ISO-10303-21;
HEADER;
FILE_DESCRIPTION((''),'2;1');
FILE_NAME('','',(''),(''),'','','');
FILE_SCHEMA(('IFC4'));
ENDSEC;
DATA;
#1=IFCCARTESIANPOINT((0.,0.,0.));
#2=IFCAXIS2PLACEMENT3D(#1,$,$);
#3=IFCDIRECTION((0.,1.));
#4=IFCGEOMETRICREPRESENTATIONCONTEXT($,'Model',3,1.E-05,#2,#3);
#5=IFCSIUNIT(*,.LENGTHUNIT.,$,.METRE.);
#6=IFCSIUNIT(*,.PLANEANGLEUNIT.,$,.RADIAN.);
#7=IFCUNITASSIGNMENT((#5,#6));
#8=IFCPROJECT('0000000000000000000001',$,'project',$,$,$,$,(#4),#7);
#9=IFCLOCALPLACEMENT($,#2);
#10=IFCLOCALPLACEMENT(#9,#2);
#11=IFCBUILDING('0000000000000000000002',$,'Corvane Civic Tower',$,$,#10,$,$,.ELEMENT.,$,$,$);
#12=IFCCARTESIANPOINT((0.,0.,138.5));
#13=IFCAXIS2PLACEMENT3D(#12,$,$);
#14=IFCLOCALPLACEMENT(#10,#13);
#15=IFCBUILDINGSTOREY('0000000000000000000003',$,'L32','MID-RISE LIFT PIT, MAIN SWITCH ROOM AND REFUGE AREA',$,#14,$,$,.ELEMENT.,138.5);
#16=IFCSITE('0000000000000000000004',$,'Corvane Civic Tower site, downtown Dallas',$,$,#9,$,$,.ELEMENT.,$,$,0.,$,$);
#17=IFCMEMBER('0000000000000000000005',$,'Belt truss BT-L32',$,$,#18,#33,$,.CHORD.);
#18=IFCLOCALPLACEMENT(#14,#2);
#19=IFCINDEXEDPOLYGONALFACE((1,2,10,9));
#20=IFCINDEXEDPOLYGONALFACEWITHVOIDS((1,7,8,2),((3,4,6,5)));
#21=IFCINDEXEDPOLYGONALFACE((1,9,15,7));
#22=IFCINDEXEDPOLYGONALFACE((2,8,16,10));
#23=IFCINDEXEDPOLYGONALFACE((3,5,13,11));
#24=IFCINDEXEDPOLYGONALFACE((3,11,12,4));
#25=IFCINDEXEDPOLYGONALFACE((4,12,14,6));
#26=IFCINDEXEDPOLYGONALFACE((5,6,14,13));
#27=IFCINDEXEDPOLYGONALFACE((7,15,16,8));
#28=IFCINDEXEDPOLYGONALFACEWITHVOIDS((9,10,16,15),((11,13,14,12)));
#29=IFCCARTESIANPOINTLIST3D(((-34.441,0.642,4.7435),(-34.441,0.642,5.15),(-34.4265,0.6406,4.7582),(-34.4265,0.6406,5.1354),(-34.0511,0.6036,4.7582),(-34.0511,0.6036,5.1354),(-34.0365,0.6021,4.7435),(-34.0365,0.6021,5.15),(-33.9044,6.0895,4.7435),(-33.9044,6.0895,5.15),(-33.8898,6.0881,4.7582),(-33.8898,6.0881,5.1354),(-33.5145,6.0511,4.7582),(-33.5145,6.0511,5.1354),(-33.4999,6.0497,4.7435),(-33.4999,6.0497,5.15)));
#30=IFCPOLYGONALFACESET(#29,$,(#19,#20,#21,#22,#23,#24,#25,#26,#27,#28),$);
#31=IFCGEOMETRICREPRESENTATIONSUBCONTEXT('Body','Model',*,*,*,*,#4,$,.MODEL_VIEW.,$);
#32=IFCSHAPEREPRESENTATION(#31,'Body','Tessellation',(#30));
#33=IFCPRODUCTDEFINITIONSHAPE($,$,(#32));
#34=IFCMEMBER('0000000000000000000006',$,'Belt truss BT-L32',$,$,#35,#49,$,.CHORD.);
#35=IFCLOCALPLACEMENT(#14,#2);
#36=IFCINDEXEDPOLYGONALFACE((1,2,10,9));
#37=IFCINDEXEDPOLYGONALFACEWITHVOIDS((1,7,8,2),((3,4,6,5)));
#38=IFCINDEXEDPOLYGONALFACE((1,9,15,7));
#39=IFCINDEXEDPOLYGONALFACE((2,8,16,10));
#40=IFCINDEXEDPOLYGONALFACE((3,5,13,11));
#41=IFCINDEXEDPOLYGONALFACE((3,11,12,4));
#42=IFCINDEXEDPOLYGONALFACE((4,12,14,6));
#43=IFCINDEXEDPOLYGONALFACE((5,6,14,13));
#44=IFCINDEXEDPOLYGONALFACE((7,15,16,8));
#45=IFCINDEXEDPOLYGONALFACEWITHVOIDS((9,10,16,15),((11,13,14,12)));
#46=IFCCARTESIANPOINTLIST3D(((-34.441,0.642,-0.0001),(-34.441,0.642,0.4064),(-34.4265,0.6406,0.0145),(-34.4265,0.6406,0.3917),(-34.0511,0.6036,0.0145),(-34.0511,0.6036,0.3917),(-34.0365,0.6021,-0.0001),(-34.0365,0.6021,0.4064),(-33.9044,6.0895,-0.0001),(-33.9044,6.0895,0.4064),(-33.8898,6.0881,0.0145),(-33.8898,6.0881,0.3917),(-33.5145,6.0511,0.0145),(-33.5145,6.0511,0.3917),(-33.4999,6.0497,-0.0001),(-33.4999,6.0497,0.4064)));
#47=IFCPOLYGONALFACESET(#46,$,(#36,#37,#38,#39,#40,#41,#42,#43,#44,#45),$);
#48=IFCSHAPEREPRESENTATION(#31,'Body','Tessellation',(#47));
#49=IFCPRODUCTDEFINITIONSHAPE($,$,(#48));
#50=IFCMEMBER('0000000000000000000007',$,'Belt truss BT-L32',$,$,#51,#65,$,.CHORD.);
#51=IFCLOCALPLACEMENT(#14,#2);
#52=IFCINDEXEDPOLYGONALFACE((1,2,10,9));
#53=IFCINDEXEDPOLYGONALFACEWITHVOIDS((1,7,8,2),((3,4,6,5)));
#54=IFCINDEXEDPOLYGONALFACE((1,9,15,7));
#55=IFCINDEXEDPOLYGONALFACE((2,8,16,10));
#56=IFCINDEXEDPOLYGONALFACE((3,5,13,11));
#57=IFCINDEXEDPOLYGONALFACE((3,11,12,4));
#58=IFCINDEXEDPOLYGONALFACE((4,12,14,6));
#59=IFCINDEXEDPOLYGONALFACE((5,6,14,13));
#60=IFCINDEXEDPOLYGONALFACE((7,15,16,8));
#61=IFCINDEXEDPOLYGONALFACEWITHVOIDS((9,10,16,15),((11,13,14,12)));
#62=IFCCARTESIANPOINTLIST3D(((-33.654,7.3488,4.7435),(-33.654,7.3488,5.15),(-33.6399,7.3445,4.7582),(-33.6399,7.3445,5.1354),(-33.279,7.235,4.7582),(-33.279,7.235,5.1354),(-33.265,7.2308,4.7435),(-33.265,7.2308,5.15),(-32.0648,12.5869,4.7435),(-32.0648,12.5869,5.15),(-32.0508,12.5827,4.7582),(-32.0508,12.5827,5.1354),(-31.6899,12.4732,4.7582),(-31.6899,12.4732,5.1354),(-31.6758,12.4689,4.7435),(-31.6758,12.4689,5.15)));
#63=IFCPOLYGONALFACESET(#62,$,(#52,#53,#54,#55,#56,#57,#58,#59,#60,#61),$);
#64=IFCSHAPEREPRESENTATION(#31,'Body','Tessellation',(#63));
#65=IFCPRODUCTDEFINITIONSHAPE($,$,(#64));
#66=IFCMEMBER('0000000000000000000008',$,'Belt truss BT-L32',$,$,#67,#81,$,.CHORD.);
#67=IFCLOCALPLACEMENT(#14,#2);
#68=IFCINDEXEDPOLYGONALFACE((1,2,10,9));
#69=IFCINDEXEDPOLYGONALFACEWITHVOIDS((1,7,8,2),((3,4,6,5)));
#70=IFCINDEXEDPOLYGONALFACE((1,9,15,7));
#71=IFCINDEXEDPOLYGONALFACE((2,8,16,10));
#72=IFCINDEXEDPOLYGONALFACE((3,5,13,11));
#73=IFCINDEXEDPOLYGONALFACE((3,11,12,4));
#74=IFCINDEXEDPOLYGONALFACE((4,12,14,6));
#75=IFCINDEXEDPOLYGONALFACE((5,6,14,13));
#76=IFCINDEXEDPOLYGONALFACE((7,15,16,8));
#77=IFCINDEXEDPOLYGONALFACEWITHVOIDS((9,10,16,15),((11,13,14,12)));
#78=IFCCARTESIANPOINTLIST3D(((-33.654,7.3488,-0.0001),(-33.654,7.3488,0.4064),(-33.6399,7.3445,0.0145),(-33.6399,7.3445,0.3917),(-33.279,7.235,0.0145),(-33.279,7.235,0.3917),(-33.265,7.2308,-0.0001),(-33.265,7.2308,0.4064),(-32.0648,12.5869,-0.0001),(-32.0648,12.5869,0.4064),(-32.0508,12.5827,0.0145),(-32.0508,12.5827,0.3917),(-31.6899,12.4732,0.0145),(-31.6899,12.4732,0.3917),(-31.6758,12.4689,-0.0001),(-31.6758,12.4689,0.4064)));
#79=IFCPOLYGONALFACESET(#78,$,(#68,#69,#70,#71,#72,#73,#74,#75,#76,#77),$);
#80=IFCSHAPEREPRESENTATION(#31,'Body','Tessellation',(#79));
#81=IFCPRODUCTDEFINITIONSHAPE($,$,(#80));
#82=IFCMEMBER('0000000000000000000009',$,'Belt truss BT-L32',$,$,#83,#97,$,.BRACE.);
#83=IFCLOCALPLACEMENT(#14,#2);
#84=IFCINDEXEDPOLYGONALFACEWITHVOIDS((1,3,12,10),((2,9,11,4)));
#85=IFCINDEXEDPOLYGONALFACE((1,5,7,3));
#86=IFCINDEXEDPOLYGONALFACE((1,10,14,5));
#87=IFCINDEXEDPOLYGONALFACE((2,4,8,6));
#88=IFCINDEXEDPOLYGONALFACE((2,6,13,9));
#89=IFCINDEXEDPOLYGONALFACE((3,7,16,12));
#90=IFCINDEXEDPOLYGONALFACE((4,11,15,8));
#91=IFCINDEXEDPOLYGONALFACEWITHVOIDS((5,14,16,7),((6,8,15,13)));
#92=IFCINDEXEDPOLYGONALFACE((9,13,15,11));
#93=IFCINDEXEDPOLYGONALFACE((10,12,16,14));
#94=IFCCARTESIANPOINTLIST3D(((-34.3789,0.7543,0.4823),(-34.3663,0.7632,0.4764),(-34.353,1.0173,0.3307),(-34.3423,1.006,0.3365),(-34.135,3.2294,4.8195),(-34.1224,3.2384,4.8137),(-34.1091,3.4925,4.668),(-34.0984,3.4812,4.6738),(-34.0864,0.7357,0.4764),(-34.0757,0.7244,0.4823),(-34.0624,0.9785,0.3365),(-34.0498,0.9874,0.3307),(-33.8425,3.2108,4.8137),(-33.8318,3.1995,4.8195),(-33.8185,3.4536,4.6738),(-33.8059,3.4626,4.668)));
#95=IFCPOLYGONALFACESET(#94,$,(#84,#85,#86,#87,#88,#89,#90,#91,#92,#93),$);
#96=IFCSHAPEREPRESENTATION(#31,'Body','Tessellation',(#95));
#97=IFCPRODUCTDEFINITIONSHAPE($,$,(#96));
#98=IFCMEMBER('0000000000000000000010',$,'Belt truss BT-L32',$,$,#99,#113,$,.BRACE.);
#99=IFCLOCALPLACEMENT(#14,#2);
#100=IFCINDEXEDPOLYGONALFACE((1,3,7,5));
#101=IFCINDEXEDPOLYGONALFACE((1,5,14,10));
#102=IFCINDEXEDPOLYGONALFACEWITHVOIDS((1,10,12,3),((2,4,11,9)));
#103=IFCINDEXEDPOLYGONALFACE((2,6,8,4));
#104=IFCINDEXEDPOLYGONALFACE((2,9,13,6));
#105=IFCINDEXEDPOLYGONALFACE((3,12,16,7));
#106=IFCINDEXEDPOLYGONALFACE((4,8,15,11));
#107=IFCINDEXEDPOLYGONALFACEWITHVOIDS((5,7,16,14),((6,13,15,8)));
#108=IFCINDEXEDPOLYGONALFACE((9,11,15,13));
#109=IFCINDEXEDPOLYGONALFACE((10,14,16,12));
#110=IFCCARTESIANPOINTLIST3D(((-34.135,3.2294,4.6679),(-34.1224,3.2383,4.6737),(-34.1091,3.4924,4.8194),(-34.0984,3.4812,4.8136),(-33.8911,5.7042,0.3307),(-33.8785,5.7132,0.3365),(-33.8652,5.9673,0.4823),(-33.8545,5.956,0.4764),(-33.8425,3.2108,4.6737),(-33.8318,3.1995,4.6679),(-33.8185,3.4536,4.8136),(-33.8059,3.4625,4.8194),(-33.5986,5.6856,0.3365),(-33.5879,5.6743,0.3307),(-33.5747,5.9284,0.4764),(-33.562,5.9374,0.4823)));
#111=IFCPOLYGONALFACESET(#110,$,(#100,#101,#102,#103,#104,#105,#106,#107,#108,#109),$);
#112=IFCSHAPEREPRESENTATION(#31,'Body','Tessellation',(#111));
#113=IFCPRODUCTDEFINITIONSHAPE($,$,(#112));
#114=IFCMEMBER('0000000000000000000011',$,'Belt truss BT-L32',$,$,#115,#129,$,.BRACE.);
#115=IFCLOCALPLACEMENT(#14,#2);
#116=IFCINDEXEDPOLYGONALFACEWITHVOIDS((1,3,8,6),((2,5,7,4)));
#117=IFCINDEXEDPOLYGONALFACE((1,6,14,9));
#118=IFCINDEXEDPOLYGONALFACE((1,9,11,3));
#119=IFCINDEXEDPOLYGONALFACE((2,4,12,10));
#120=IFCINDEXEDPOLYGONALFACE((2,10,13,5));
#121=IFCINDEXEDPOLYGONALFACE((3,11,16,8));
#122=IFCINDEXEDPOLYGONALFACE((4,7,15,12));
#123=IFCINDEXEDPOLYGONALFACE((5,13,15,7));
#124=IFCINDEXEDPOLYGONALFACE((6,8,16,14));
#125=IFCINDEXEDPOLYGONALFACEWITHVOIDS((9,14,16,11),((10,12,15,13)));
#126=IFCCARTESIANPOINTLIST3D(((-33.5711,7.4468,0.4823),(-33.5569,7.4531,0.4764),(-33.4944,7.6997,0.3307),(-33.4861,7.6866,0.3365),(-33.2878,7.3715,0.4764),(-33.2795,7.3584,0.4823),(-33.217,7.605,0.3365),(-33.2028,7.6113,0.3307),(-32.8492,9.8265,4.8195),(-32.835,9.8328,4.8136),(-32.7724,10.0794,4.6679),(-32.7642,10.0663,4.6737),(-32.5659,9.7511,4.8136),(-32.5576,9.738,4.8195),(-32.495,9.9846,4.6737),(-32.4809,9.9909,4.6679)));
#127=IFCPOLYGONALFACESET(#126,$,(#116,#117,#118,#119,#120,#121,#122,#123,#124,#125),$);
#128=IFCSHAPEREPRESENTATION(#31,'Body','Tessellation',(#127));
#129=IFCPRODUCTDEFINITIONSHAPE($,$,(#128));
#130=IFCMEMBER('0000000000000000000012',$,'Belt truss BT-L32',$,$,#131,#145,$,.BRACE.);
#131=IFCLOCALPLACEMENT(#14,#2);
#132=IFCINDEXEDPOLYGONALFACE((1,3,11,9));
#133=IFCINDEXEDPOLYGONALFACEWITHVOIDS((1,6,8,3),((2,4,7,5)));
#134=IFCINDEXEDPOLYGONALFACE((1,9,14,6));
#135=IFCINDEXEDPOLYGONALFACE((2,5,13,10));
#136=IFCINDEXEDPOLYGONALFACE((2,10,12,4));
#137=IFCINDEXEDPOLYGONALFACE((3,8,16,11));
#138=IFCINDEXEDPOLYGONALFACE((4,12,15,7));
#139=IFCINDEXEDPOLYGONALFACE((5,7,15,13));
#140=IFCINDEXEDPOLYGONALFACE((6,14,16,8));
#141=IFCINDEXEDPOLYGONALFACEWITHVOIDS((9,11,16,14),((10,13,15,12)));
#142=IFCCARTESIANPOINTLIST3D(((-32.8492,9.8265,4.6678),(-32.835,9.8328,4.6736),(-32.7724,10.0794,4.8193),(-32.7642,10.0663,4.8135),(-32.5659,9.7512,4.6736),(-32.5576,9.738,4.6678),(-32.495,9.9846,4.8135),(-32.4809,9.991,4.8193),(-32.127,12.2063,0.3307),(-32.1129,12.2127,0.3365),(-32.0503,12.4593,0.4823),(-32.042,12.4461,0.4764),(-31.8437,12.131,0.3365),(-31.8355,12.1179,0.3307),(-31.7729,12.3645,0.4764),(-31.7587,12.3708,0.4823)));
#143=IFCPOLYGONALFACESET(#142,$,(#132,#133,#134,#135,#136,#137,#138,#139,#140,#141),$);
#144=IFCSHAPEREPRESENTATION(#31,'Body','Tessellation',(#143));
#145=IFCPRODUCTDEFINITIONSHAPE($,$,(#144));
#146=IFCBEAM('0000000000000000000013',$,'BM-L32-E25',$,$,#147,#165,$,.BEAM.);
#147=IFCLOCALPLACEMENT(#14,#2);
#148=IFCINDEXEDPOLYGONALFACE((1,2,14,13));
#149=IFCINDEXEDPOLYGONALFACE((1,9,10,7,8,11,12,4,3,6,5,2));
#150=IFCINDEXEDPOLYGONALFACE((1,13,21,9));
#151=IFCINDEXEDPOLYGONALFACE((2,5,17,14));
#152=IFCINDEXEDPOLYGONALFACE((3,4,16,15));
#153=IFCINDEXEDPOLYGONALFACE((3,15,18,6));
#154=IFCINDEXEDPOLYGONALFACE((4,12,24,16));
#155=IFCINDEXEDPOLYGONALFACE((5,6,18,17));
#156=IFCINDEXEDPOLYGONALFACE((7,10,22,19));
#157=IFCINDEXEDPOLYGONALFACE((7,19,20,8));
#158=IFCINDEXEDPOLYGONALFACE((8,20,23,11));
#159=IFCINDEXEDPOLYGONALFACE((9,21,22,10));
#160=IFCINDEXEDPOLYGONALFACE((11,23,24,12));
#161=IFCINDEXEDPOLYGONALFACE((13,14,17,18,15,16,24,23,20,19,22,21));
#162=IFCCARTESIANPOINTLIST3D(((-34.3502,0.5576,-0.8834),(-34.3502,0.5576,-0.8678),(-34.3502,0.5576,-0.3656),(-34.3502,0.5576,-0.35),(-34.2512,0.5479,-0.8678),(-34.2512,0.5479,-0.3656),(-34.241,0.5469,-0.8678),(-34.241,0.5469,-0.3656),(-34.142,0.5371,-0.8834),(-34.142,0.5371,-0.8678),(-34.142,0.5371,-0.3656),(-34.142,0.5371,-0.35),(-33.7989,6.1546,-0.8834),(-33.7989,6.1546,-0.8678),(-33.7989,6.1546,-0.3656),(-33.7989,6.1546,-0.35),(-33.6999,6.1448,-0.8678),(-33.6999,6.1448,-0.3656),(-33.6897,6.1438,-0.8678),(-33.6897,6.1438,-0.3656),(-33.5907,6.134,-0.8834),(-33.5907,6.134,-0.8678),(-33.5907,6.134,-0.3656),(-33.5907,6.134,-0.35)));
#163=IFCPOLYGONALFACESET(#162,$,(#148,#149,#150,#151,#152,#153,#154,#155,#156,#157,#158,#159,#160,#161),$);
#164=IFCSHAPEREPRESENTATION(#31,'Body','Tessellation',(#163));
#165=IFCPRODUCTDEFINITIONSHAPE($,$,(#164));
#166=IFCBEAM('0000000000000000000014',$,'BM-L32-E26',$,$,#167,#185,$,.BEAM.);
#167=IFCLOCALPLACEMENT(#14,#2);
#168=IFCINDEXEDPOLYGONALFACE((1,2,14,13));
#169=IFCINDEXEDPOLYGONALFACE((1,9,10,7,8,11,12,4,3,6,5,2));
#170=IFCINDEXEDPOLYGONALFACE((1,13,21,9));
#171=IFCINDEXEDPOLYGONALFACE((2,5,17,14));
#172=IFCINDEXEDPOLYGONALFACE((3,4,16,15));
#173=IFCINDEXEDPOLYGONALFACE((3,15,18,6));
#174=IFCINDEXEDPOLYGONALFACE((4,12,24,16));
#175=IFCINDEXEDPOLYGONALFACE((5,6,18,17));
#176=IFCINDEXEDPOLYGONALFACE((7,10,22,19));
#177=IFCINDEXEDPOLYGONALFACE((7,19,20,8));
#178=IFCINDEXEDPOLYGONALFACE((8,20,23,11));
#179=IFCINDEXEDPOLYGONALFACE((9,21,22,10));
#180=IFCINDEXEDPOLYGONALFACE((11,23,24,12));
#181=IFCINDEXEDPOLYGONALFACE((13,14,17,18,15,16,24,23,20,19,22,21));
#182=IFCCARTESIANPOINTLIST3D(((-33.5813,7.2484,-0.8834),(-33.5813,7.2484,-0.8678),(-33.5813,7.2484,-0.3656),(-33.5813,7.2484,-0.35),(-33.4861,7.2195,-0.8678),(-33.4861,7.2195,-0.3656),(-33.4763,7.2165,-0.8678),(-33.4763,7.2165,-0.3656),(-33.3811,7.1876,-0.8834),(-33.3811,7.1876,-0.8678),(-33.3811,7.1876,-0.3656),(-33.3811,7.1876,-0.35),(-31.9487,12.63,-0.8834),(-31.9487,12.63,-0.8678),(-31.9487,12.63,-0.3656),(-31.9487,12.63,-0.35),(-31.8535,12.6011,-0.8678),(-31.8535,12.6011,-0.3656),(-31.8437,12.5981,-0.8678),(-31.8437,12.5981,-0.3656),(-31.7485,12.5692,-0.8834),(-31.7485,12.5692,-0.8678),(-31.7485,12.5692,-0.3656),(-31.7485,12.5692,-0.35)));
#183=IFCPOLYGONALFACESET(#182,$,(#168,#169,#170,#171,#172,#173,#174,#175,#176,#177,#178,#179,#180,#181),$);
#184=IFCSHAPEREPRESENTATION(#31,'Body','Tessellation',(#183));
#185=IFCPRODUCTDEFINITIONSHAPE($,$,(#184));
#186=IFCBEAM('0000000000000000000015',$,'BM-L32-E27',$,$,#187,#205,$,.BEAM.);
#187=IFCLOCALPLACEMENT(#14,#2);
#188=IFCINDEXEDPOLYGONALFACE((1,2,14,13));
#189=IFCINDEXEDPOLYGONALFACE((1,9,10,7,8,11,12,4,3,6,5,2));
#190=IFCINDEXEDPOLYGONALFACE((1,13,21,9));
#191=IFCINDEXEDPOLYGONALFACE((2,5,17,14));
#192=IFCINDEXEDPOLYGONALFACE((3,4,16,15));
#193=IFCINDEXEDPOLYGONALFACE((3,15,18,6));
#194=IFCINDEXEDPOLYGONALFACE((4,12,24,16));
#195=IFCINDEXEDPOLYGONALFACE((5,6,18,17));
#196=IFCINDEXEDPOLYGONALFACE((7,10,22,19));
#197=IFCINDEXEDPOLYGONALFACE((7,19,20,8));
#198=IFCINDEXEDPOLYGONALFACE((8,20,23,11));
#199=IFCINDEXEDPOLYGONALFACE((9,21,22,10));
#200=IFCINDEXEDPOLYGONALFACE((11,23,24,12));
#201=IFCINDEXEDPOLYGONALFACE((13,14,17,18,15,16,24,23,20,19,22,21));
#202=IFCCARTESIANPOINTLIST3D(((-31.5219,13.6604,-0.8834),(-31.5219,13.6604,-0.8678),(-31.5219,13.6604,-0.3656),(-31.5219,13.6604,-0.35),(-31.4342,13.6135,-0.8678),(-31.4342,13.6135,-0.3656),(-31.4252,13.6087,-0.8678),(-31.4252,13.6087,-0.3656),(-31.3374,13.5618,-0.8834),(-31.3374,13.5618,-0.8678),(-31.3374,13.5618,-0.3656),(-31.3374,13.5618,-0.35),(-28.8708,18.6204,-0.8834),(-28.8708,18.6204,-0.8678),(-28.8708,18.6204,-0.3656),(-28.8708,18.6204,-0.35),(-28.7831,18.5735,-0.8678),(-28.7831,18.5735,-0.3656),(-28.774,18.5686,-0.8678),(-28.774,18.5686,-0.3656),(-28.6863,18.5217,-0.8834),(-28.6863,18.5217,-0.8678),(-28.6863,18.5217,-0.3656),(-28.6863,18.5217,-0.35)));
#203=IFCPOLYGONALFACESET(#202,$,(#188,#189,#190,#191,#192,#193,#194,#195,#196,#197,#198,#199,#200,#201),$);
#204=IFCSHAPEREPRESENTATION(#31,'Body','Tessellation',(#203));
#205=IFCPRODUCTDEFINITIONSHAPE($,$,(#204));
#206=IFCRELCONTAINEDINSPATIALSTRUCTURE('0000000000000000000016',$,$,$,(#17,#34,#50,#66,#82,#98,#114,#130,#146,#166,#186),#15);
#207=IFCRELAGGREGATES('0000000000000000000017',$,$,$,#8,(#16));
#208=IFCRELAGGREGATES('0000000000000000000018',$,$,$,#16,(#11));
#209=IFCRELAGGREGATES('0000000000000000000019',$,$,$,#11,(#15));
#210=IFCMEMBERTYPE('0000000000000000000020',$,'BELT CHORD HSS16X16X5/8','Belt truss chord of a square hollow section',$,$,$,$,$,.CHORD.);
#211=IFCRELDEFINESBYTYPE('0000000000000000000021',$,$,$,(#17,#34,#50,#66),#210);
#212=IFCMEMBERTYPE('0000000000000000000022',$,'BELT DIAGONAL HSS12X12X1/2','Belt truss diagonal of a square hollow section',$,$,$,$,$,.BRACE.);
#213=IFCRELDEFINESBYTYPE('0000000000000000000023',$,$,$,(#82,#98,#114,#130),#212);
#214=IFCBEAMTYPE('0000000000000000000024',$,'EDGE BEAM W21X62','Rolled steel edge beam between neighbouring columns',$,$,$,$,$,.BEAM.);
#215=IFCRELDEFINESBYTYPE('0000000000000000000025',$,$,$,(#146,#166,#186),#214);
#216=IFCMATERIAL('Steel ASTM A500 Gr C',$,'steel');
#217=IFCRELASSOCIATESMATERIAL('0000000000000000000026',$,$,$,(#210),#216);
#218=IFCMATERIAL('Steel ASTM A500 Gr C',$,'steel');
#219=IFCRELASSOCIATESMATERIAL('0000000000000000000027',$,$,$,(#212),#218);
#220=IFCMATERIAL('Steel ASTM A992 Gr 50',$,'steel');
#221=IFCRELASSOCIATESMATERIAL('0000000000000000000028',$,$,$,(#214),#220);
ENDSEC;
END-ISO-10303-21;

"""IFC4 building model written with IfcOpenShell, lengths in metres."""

from ifc_helpers import new_model, si_unit, direction, frame, origin, origin_2d, place, context, subcontext, project, spatial, hollow_rectangle, i_section, extrude, material, material_profile, profile_set, type_object, element, save


model = new_model("IFC4")

# Units and contexts
model_context = context("Model", 3, precision=1e-05, world=origin(), true_north=direction((0.0, 1.0)))
body_context = subcontext(model_context, "Body", "Model", "MODEL_VIEW")
ifc_project = project(units=[si_unit("LENGTHUNIT", "METRE"), si_unit("PLANEANGLEUNIT", "RADIAN")], contexts=[model_context])

# Site, building, storey
site_placement = place(None, origin())
site = spatial("IfcSite", under=ifc_project, at=site_placement, Name="Corvane Civic Tower site, downtown Dallas", CompositionType="ELEMENT", RefElevation=0.0)
building_placement = place(site_placement, origin())
building = spatial("IfcBuilding", under=site, at=building_placement, Name="Corvane Civic Tower", CompositionType="ELEMENT")
storey_placement = place(building_placement, frame((0.0, 0.0, 138.5)))
storey = spatial("IfcBuildingStorey", under=building, at=storey_placement, Name="L32", Description="MID-RISE LIFT PIT, MAIN SWITCH ROOM AND REFUGE AREA", CompositionType="ELEMENT", Elevation=138.5)

# Members
ifc_material_1 = material(Name="Steel ASTM A500 Gr C", Category="steel")
ifc_material_profile_1 = material_profile(ifc_material_1, hollow_rectangle(XDim=0.4065, YDim=0.4065, WallThickness=0.0146, at=origin_2d()), Name="HSS16X16X5/8")
ifc_profile_set_1 = profile_set([ifc_material_profile_1], Name="Steel ASTM A500 Gr C")
member_type_1 = type_object("IfcMemberType", Name="BELT CHORD HSS16X16X5/8", Description="Belt truss chord of a square hollow section", PredefinedType="CHORD", material=ifc_profile_set_1)
for number, where, z_axis, x_axis, name in (
    (1, (-34.2388, 0.6221, 4.9468), (0.098033, 0.995183, 0.0), (-0.995183, 0.098033, 0.0), "Belt truss BT-L32"),
    (2, (-34.2388, 0.6221, 0.2031), (0.098033, 0.995183, 0.0), (-0.995183, 0.098033, 0.0), "Belt truss BT-L32"),
    (3, (-33.4595, 7.2898, 4.9468), (0.290313, 0.956932, 0.0), (-0.956932, 0.290313, 0.0), "Belt truss BT-L32"),
    (4, (-33.4595, 7.2898, 0.2031), (0.290313, 0.956932, 0.0), (-0.956932, 0.290313, 0.0), "Belt truss BT-L32"),
):
    element("IfcMember", number, at=place(storey_placement, frame(where, z_axis=z_axis, x_axis=x_axis)), inside=storey, type_object=member_type_1, Name=name, PredefinedType="CHORD", context=body_context, shape_type="SweptSolid", body=[
        extrude(hollow_rectangle(XDim=0.4065, YDim=0.4065, WallThickness=0.0146, at=origin_2d()), origin(), (0.0, 0.0, 1.0), 5.4739),
    ])
ifc_material_2 = material(Name="Steel ASTM A500 Gr C", Category="steel")
ifc_material_profile_2 = material_profile(ifc_material_2, hollow_rectangle(XDim=0.3047, YDim=0.3047, WallThickness=0.0117, at=origin_2d()), Name="HSS12X12X1/2")
ifc_profile_set_2 = profile_set([ifc_material_profile_2], Name="Steel ASTM A500 Gr C")
member_type_2 = type_object("IfcMemberType", Name="BELT DIAGONAL HSS12X12X1/2", Description="Belt truss diagonal of a square hollow section", PredefinedType="BRACE", material=ifc_profile_set_2)
member_1_placement = place(storey_placement, frame((-34.2144, 0.8708, 0.4065), z_axis=(0.048783, 0.495054, 0.867492), x_axis=(-0.99518, 0.098065, 0.0)))
element("IfcMember", 5, at=member_1_placement, inside=storey, type_object=member_type_2, Name="Belt truss BT-L32", PredefinedType="BRACE", context=body_context, shape_type="SweptSolid", body=[
    extrude(hollow_rectangle(XDim=0.3047, YDim=0.3047, WallThickness=0.0117, at=origin_2d()), origin(), (0.0, 0.0, 1.0), 4.9998),
])
for number, where, z_axis, x_axis, name in (
    (6, (-33.7266, 5.8208, 0.4065), (-0.048784, -0.495017, 0.867513), (0.995179, -0.098075, 0.0), "Belt truss BT-L32"),
    (7, (-33.387, 7.5291, 0.4065), (0.1444, 0.475977, 0.867522), (-0.956933, 0.29031, 0.0), "Belt truss BT-L32"),
    (8, (-31.9429, 12.2886, 0.4065), (-0.144444, -0.476012, 0.867496), (0.956914, -0.290372, 0.0), "Belt truss BT-L32"),
):
    element("IfcMember", number, at=place(storey_placement, frame(where, z_axis=z_axis, x_axis=x_axis)), inside=storey, type_object=member_type_2, Name=name, PredefinedType="BRACE", context=body_context, shape_type="SweptSolid", body=[
        extrude(hollow_rectangle(XDim=0.3047, YDim=0.3047, WallThickness=0.0117, at=origin_2d()), origin(), (0.0, 0.0, 1.0), 4.9995),
    ])

# Beams
ifc_material_3 = material(Name="Steel ASTM A992 Gr 50", Category="steel")
ifc_material_profile_3 = material_profile(ifc_material_3, i_section(OverallWidth=0.2092, OverallDepth=0.5334, WebThickness=0.0103, FlangeThickness=0.0156, at=origin_2d()), Name="W21X62")
ifc_profile_set_3 = profile_set([ifc_material_profile_3], Name="Steel ASTM A992 Gr 50")
beam_type = type_object("IfcBeamType", Name="EDGE BEAM W21X62", Description="Rolled steel edge beam between neighbouring columns", PredefinedType="BEAM", material=ifc_profile_set_3)
beam_1_placement = place(storey_placement, frame((-34.2461, 0.5474, -0.6167), z_axis=(0.098021, 0.995184, 0.0), x_axis=(-0.995184, 0.098021, 0.0)))
element("IfcBeam", 9, at=beam_1_placement, inside=storey, type_object=beam_type, Name="BM-L32-E25", PredefinedType="BEAM", context=body_context, shape_type="SweptSolid", body=[
    extrude(i_section(OverallWidth=0.2092, OverallDepth=0.5334, WebThickness=0.0103, FlangeThickness=0.0156, at=origin_2d()), origin(), (0.0, 0.0, 1.0), 5.624),
])
beam_2_placement = place(storey_placement, frame((-33.4812, 7.218, -0.6167), z_axis=(0.290298, 0.956936, 0.0), x_axis=(-0.956936, 0.290298, 0.0)))
element("IfcBeam", 10, at=beam_2_placement, inside=storey, type_object=beam_type, Name="BM-L32-E26", PredefinedType="BEAM", context=body_context, shape_type="SweptSolid", body=[
    extrude(i_section(OverallWidth=0.2092, OverallDepth=0.5334, WebThickness=0.0103, FlangeThickness=0.0156, at=origin_2d()), origin(), (0.0, 0.0, 1.0), 5.6238),
])
beam_3_placement = place(storey_placement, frame((-31.4297, 13.6111, -0.6167), z_axis=(0.471392, 0.881924, 0.0), x_axis=(-0.881924, 0.471392, 0.0)))
element("IfcBeam", 11, at=beam_3_placement, inside=storey, type_object=beam_type, Name="BM-L32-E27", PredefinedType="BEAM", context=body_context, shape_type="SweptSolid", body=[
    extrude(i_section(OverallWidth=0.2092, OverallDepth=0.5334, WebThickness=0.0103, FlangeThickness=0.0156, at=origin_2d()), origin(), (0.0, 0.0, 1.0), 5.624),
])

save(model, "model.ifc")
